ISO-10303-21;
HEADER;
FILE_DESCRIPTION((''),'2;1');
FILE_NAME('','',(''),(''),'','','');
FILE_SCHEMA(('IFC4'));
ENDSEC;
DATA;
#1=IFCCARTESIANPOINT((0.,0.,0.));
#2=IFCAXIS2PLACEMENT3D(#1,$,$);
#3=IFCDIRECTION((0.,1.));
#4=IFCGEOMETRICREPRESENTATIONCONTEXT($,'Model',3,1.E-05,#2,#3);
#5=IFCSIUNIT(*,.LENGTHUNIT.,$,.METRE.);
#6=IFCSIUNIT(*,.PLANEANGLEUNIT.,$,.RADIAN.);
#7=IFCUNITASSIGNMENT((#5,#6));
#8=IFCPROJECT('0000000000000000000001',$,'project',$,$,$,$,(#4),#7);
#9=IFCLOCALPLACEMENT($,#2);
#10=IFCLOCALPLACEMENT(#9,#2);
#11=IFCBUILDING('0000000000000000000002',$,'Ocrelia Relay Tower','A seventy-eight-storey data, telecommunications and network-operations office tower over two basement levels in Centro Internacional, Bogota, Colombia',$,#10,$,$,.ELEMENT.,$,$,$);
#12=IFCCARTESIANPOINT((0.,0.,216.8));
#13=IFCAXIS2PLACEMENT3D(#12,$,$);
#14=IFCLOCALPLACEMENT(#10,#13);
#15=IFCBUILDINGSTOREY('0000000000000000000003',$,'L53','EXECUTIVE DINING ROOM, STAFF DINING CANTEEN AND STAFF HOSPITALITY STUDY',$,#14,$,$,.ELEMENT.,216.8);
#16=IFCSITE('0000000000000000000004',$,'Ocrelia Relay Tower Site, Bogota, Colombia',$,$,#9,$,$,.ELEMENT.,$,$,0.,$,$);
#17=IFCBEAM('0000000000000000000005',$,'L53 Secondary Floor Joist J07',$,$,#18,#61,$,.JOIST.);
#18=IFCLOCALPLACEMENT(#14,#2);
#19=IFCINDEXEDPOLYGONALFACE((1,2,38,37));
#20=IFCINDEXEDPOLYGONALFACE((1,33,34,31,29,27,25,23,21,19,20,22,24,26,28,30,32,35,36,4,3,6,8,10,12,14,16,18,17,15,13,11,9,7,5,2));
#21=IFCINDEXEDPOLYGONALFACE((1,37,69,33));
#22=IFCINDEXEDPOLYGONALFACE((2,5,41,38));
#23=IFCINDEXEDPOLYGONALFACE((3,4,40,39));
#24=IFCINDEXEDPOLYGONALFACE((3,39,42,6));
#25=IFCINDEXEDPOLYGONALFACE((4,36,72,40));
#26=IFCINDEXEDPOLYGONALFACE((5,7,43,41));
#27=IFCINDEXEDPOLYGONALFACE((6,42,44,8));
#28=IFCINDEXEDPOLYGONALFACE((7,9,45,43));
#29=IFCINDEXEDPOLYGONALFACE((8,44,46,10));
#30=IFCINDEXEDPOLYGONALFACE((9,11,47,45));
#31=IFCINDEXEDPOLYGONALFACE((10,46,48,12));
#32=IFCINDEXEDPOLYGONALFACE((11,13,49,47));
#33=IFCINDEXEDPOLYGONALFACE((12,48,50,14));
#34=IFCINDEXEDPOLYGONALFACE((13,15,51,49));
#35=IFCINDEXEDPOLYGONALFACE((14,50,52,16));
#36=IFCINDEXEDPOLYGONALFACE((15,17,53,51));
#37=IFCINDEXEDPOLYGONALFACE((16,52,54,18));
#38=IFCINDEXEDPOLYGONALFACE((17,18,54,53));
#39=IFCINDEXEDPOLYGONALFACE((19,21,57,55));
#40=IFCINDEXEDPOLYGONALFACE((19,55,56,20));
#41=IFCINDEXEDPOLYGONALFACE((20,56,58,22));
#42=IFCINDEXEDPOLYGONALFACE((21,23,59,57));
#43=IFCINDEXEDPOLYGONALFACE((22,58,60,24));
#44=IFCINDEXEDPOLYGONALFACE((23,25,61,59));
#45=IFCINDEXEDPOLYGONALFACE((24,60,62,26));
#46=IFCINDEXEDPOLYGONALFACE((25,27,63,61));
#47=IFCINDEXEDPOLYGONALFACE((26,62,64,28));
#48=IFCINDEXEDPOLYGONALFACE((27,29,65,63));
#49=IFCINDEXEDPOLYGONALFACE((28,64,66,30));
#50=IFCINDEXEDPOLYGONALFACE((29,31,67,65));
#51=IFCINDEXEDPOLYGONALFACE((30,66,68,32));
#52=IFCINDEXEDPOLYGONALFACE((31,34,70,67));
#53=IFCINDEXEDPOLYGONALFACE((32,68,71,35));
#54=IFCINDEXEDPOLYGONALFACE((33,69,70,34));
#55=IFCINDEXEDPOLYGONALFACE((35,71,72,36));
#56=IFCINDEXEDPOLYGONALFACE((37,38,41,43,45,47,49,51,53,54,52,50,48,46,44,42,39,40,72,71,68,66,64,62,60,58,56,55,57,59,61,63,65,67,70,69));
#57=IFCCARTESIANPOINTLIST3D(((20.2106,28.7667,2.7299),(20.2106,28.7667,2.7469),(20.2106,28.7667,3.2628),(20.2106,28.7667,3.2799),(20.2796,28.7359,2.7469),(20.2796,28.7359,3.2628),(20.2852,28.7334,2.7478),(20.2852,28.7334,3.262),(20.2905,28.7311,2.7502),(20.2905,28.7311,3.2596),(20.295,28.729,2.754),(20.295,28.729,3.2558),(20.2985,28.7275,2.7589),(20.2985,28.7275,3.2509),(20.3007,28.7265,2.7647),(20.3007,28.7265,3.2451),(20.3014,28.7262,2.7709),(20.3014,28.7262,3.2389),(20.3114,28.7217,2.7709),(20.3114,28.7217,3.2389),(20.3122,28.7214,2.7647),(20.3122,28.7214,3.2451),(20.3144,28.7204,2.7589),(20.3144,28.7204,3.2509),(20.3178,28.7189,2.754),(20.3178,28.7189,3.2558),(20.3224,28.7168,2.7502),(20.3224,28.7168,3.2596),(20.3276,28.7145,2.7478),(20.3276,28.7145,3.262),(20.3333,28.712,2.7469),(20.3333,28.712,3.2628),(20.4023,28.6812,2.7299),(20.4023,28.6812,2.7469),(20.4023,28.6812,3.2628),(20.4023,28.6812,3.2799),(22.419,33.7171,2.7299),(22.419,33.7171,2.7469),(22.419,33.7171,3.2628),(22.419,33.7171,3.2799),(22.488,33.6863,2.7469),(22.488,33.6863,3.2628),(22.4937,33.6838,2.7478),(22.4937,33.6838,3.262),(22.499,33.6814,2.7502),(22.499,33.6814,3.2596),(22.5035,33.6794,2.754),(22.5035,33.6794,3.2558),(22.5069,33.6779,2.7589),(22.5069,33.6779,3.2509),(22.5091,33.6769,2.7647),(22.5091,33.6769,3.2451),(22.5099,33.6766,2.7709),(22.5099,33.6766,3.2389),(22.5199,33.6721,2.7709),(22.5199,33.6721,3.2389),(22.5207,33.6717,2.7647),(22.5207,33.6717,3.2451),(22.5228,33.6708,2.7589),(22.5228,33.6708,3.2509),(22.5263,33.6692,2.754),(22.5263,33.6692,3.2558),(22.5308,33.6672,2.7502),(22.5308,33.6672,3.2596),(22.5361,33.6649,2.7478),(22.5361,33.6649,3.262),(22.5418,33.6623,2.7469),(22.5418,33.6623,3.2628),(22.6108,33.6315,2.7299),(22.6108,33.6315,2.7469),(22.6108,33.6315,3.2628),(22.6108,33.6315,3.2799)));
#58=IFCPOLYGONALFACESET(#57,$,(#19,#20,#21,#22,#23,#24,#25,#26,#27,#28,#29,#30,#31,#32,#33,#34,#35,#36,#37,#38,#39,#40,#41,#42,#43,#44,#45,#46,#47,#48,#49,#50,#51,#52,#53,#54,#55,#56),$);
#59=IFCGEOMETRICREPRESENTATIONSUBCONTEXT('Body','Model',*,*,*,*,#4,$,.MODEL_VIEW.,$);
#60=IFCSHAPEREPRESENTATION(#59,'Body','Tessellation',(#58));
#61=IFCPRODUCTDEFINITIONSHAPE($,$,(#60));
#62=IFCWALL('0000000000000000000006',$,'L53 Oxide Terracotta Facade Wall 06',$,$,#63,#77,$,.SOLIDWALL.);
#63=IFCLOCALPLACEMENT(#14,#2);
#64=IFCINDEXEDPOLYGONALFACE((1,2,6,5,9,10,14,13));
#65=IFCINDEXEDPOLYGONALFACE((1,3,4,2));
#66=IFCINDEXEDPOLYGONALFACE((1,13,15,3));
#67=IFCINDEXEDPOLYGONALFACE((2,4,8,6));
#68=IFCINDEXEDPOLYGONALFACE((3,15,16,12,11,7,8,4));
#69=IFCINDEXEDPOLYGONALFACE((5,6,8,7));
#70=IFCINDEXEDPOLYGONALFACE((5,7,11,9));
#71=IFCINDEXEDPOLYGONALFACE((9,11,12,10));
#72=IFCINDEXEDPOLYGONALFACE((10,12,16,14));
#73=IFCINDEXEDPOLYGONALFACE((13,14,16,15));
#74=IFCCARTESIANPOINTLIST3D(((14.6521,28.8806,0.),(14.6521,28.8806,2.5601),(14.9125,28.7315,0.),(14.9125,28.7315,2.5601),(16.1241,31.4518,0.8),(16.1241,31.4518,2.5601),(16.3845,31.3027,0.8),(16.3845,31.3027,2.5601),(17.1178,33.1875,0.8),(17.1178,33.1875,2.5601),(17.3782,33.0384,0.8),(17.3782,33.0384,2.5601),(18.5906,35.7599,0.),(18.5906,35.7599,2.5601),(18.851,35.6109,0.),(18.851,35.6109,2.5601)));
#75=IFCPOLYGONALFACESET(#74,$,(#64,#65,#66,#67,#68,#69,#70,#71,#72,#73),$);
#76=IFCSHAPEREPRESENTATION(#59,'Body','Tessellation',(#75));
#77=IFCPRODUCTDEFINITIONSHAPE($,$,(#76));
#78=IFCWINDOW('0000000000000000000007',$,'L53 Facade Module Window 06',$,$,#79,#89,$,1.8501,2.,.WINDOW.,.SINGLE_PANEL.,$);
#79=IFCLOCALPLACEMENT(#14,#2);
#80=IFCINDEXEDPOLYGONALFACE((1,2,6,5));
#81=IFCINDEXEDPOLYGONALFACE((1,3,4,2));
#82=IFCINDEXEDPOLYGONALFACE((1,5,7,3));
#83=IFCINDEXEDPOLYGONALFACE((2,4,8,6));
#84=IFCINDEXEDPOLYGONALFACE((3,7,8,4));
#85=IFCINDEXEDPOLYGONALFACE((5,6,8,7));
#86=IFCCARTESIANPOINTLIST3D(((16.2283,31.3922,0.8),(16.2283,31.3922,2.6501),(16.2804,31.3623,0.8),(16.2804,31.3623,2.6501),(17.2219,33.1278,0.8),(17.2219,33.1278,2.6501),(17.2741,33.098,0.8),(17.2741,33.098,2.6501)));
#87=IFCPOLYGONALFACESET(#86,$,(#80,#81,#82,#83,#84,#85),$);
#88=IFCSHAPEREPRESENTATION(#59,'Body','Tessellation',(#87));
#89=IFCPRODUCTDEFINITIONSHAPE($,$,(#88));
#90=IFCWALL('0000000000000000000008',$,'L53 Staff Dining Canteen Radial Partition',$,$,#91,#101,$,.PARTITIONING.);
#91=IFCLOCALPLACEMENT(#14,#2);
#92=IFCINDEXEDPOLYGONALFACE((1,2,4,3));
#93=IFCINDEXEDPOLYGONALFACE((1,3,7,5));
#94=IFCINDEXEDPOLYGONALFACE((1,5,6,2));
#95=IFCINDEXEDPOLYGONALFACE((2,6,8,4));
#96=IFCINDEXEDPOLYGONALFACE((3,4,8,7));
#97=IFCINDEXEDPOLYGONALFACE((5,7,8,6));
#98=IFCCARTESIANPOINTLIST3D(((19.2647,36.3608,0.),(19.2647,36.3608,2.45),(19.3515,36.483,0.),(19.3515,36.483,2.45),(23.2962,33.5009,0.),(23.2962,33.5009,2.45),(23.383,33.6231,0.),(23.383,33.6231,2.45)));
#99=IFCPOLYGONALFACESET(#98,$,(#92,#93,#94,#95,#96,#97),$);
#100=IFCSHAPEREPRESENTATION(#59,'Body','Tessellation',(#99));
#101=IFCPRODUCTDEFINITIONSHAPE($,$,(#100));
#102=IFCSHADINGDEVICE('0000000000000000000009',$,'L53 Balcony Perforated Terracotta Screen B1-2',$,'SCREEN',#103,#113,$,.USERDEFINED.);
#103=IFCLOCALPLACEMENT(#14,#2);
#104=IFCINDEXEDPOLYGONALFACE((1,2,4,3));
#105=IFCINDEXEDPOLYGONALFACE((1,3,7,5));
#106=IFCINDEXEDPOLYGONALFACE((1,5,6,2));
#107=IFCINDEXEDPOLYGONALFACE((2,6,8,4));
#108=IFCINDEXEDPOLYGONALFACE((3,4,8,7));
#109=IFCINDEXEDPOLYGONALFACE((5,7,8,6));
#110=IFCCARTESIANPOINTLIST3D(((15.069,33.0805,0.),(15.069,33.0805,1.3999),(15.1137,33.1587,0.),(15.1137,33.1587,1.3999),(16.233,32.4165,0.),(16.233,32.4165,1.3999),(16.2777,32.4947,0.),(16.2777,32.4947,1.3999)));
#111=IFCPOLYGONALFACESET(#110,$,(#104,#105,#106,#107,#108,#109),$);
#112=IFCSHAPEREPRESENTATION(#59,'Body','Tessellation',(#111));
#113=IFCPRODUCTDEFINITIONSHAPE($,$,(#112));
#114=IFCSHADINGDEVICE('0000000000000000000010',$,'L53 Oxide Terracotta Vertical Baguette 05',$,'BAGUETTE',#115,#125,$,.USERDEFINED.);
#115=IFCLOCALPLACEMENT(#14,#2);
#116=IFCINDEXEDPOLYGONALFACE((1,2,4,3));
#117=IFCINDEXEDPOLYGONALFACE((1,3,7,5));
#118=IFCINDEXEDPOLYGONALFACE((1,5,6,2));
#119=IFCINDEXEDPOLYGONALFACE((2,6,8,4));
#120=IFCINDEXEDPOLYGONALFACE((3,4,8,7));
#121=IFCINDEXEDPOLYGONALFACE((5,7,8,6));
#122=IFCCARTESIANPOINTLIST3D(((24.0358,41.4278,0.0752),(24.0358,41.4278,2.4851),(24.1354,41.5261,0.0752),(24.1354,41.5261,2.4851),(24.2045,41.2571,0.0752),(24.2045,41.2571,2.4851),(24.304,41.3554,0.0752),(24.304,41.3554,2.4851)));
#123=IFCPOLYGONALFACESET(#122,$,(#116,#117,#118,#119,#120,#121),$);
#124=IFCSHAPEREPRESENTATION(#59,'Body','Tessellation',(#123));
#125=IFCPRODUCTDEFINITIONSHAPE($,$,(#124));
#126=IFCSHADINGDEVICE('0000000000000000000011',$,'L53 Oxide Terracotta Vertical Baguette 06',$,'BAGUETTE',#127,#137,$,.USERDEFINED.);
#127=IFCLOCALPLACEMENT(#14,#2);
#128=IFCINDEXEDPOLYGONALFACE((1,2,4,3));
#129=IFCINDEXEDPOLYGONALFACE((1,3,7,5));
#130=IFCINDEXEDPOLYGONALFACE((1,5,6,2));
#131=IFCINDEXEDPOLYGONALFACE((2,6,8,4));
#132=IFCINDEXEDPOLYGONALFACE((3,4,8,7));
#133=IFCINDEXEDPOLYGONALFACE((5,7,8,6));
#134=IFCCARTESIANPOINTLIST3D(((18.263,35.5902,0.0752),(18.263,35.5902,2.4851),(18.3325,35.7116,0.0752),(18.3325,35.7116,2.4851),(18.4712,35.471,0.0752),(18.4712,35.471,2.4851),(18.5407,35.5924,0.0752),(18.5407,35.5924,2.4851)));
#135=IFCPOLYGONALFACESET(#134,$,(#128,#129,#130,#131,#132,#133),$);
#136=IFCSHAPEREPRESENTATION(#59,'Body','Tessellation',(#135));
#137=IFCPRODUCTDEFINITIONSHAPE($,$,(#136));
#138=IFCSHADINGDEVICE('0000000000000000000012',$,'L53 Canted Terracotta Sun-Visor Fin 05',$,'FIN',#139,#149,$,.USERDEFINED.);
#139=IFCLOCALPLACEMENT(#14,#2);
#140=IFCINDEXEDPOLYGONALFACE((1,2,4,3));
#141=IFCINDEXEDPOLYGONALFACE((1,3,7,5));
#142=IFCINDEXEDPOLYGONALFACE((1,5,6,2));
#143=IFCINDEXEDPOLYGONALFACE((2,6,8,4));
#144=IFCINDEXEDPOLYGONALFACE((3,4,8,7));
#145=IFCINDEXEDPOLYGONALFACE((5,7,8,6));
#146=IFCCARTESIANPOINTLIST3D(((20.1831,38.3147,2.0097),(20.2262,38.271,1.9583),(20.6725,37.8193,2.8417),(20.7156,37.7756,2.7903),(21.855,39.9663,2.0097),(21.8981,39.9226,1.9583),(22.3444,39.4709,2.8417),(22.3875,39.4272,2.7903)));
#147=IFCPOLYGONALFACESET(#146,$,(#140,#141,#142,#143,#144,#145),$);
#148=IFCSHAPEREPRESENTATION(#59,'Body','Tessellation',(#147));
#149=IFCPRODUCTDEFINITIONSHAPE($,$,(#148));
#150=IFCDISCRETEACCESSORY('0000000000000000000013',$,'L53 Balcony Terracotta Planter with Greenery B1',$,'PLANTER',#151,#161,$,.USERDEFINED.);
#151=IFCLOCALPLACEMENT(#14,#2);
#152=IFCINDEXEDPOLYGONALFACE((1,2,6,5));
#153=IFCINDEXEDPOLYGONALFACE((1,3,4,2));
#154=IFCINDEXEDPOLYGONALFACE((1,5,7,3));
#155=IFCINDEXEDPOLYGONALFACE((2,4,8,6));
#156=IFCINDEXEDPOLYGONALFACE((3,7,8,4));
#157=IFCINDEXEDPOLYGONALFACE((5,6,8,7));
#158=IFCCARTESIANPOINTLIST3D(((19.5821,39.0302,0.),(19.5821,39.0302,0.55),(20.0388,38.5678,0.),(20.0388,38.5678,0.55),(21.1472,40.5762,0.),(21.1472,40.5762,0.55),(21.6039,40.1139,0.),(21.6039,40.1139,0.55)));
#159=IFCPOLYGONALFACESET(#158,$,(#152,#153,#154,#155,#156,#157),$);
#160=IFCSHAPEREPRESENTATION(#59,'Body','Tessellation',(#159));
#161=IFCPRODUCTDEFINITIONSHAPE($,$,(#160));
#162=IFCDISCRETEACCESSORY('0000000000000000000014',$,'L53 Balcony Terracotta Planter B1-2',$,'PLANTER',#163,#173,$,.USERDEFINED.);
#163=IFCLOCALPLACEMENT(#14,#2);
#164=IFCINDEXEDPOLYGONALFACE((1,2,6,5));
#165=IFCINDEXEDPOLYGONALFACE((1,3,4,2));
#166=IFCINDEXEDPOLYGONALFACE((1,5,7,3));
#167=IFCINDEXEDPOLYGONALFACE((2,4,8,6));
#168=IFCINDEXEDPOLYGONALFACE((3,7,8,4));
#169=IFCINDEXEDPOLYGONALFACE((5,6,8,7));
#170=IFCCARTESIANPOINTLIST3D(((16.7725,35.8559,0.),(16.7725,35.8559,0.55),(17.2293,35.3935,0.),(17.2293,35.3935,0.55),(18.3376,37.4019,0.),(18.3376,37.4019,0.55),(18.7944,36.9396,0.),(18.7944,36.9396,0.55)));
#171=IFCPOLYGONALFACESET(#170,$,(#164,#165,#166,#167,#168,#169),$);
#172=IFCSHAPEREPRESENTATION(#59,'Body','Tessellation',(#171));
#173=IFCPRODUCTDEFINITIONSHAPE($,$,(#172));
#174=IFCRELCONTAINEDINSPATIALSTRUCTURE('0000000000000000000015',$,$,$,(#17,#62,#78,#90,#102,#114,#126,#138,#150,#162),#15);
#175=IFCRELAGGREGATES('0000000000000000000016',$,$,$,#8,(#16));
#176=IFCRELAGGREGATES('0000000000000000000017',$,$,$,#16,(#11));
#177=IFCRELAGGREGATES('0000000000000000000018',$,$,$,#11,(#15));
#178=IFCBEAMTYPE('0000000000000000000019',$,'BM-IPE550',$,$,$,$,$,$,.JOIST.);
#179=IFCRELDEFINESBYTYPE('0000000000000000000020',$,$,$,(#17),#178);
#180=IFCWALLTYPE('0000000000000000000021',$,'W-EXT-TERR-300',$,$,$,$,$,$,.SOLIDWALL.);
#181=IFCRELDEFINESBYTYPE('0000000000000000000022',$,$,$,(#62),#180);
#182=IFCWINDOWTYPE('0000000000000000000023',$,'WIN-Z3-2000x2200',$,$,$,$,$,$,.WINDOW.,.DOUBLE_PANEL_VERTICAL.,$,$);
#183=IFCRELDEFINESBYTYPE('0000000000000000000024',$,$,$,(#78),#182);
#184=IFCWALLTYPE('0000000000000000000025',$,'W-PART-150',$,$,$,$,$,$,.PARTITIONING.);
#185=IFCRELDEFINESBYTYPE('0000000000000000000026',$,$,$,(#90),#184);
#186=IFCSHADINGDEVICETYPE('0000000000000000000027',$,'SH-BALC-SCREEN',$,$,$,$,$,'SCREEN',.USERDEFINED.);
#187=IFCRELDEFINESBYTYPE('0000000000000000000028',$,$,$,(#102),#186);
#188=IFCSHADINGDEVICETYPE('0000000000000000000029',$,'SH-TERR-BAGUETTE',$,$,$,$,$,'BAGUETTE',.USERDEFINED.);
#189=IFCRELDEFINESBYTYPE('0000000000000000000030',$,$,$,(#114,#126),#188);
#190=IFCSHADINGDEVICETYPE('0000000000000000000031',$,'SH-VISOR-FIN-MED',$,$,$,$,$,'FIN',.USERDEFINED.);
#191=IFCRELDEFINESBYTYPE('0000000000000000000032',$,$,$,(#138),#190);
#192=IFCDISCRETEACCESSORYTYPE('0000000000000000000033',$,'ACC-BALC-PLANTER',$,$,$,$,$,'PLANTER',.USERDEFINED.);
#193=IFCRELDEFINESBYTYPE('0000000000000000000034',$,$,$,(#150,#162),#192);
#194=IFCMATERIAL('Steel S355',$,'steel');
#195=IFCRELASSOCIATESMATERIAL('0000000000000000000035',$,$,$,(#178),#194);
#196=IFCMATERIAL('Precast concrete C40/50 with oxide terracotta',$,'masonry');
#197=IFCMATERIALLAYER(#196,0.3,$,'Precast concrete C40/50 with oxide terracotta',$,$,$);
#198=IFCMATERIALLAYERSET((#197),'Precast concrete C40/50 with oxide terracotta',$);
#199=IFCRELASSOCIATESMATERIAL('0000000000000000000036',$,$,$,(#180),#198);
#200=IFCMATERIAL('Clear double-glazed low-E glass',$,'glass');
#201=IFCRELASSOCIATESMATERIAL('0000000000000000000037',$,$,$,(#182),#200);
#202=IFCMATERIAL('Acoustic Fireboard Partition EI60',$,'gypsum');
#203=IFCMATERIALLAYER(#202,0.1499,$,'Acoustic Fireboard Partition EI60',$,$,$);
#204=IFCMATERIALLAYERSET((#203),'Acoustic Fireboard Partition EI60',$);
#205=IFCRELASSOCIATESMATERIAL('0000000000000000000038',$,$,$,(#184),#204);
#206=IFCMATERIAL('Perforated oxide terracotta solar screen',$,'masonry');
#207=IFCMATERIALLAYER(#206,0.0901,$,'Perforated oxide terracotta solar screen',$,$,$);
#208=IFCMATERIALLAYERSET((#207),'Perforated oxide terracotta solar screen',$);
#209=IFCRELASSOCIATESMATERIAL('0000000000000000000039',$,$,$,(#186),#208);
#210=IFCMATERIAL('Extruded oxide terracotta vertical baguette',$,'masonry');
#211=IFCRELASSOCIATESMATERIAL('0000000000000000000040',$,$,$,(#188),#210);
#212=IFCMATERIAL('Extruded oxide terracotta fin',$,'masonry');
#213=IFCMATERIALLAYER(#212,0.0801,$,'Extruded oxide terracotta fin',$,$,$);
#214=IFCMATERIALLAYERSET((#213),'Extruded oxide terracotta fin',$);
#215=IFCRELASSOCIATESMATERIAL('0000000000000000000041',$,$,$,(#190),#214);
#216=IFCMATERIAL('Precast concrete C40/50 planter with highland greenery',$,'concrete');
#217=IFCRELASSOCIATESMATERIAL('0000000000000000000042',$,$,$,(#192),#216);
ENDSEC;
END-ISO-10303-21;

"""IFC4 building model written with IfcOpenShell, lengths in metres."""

from ifc_helpers import new_model, si_unit, direction, frame, frame_2d, origin, origin_2d, place, context, subcontext, project, spatial, rectangle, i_section, extrude, material, layer, layer_set, material_profile, profile_set, type_object, element, fill, save


model = new_model("IFC4")

# Units and contexts
model_context = context("Model", 3, precision=1e-05, world=origin(), true_north=direction((0.0, 1.0)))
body_context = subcontext(model_context, "Body", "Model", "MODEL_VIEW")
ifc_project = project(units=[si_unit("LENGTHUNIT", "METRE"), si_unit("PLANEANGLEUNIT", "RADIAN")], contexts=[model_context])

# Site, building, storey
site_placement = place(None, origin())
site = spatial("IfcSite", under=ifc_project, at=site_placement, Name="Ocrelia Relay Tower Site, Bogota, Colombia", CompositionType="ELEMENT", RefElevation=0.0)
building_placement = place(site_placement, origin())
building = spatial("IfcBuilding", under=site, at=building_placement, Name="Ocrelia Relay Tower", Description="A seventy-eight-storey data, telecommunications and network-operations office tower over two basement levels in Centro Internacional, Bogota, Colombia", CompositionType="ELEMENT")
storey_placement = place(building_placement, frame((0.0, 0.0, 216.8)))
storey = spatial("IfcBuildingStorey", under=building, at=storey_placement, Name="L53", Description="EXECUTIVE DINING ROOM, STAFF DINING CANTEEN AND STAFF HOSPITALITY STUDY", CompositionType="ELEMENT", Elevation=216.8)

# Beam
ifc_material_1 = material(Name="Steel S355", Category="steel")
ifc_material_profile_1 = material_profile(ifc_material_1, i_section(OverallWidth=0.21, OverallDepth=0.55, WebThickness=0.011, FlangeThickness=0.0171, FilletRadius=0.0239, at=origin_2d()), Name="IPE 550")
ifc_profile_set_1 = profile_set([ifc_material_profile_1], Name="Steel S355")
beam_type_1 = type_object("IfcBeamType", Name="BM-IPE550", PredefinedType="JOIST", material=ifc_profile_set_1)
beam_1_placement = place(storey_placement, frame((22.5149, 33.6743, 3.0049), z_axis=(-0.407417, -0.913242, 0.0), x_axis=(0.913242, -0.407417, 0.0)))
element("IfcBeam", 1, at=beam_1_placement, inside=storey, type_object=beam_type_1, Name="L53 Secondary Floor Joist J07", PredefinedType="JOIST", context=body_context, shape_type="SweptSolid", body=[
    extrude(i_section(OverallWidth=0.21, OverallDepth=0.55, WebThickness=0.011, FlangeThickness=0.0171, FilletRadius=0.0239, at=origin_2d()), origin(), (0.0, 0.0, 1.0), 5.4207),
])

# Shared definitions
ifc_material_2 = material(Name="Precast concrete C40/50 with oxide terracotta", Category="masonry")
ifc_layer_1 = layer(ifc_material_2, 0.3, Name="Precast concrete C40/50 with oxide terracotta")
ifc_layer_set_1 = layer_set([ifc_layer_1], Name="Precast concrete C40/50 with oxide terracotta")
wall_type_1 = type_object("IfcWallType", Name="W-EXT-TERR-300", PredefinedType="SOLIDWALL", material=ifc_layer_set_1)

# Wall, opening, window
wall_1_placement = place(storey_placement, frame((18.7207, 35.6853, 0.0), z_axis=(0.0, 0.0, 1.0), x_axis=(-0.496842, -0.867841, 0.0)))
wall_1 = element("IfcWall", 2, at=wall_1_placement, inside=storey, type_object=wall_type_1, Name="L53 Oxide Terracotta Facade Wall 06", PredefinedType="SOLIDWALL", context=body_context, shape_type="SweptSolid", body=[
    extrude(rectangle(XDim=7.927, YDim=0.3, at=frame_2d((3.9634, 0.0))), origin(), (0.0, 0.0, 1.0), 2.5601),
])
opening_1_placement = place(wall_1_placement, frame((2.9641, 0.0, 0.8)))
opening_1 = element("IfcOpeningElement", 3, at=opening_1_placement, cuts=wall_1, PredefinedType="OPENING", context=body_context, shape_type="SweptSolid", body=[
    extrude(rectangle(XDim=2.0, YDim=1.8501, at=frame_2d((1.0, 0.925))), frame((0.0, 0.1602, 0.0), z_axis=(0.0, -1.0, 0.0), x_axis=(1.0, 0.0, 0.0)), (0.0, 0.0, 1.0), 0.3201),
])
ifc_material_3 = material(Name="Clear double-glazed low-E glass", Category="glass")
window_type = type_object("IfcWindowType", Name="WIN-Z3-2000x2200", PartitioningType="DOUBLE_PANEL_VERTICAL", PredefinedType="WINDOW", material=ifc_material_3)
window_placement = place(opening_1_placement, origin())
window = element("IfcWindow", 4, at=window_placement, inside=storey, type_object=window_type, Name="L53 Facade Module Window 06", OverallHeight=1.8501, OverallWidth=2.0, PartitioningType="SINGLE_PANEL", PredefinedType="WINDOW", context=body_context, shape_type="SweptSolid", body=[
    extrude(rectangle(XDim=2.0, YDim=1.8501, at=frame_2d((1.0, 0.925))), frame((0.0, 0.03, 0.0), z_axis=(0.0, -1.0, 0.0), x_axis=(1.0, 0.0, 0.0)), (0.0, 0.0, 1.0), 0.0601),
])
fill(opening_1, window)

# Wall
ifc_material_4 = material(Name="Acoustic Fireboard Partition EI60", Category="gypsum")
ifc_layer_2 = layer(ifc_material_4, 0.1499, Name="Acoustic Fireboard Partition EI60")
ifc_layer_set_2 = layer_set([ifc_layer_2], Name="Acoustic Fireboard Partition EI60")
wall_type_2 = type_object("IfcWallType", Name="W-PART-150", PredefinedType="PARTITIONING", material=ifc_layer_set_2)
wall_2_placement = place(storey_placement, frame((23.3396, 33.562, 0.0), z_axis=(0.0, 0.0, 1.0), x_axis=(-0.815621, 0.578586, 0.0)))
element("IfcWall", 5, at=wall_2_placement, inside=storey, type_object=wall_type_2, Name="L53 Staff Dining Canteen Radial Partition", PredefinedType="PARTITIONING", context=body_context, shape_type="SweptSolid", body=[
    extrude(rectangle(XDim=4.9429, YDim=0.1499, at=frame_2d((2.4714, 0.0))), origin(), (0.0, 0.0, 1.0), 2.45),
])

# Shading devices
ifc_material_5 = material(Name="Perforated oxide terracotta solar screen", Category="masonry")
ifc_layer_3 = layer(ifc_material_5, 0.0901, Name="Perforated oxide terracotta solar screen")
ifc_layer_set_3 = layer_set([ifc_layer_3], Name="Perforated oxide terracotta solar screen")
shading_device_type_1 = type_object("IfcShadingDeviceType", Name="SH-BALC-SCREEN", ElementType="SCREEN", PredefinedType="USERDEFINED", material=ifc_layer_set_3)
shading_device_1_placement = place(storey_placement, frame((15.6733, 32.7876, 0.0), z_axis=(0.0, 0.0, 1.0), x_axis=(-0.868601, 0.495513, 0.0)))
element("IfcShadingDevice", 6, at=shading_device_1_placement, inside=storey, type_object=shading_device_type_1, Name="L53 Balcony Perforated Terracotta Screen B1-2", ObjectType="SCREEN", PredefinedType="USERDEFINED", context=body_context, shape_type="SweptSolid", body=[
    extrude(rectangle(XDim=1.3401, YDim=0.0901, at=origin_2d()), origin(), (0.0, 0.0, 1.0), 1.3999),
])
ifc_material_6 = material(Name="Extruded oxide terracotta vertical baguette", Category="masonry")
shading_device_type_2 = type_object("IfcShadingDeviceType", Name="SH-TERR-BAGUETTE", ElementType="BAGUETTE", PredefinedType="USERDEFINED", material=ifc_material_6)
for number, where, z_axis, x_axis, name in (
    (7, (24.1699, 41.3916, 0.0752), (0.0, 0.0, 1.0), (-0.711413, -0.702775, 0.0), "L53 Oxide Terracotta Vertical Baguette 05"),
    (8, (18.4019, 35.5913, 0.0752), (0.0, 0.0, 1.0), (-0.496844, -0.86784, 0.0), "L53 Oxide Terracotta Vertical Baguette 06"),
):
    element("IfcShadingDevice", number, at=place(storey_placement, frame(where, z_axis=z_axis, x_axis=x_axis)), inside=storey, type_object=shading_device_type_2, Name=name, ObjectType="BAGUETTE", PredefinedType="USERDEFINED", context=body_context, shape_type="SweptSolid", body=[
        extrude(rectangle(XDim=0.1399, YDim=0.24, at=origin_2d()), origin(), (0.0, 0.0, 1.0), 2.4099),
    ])
ifc_material_7 = material(Name="Extruded oxide terracotta fin", Category="masonry")
ifc_layer_4 = layer(ifc_material_7, 0.0801, Name="Extruded oxide terracotta fin")
ifc_layer_set_4 = layer_set([ifc_layer_4], Name="Extruded oxide terracotta fin")
shading_device_type_3 = type_object("IfcShadingDeviceType", Name="SH-VISOR-FIN-MED", ElementType="FIN", PredefinedType="USERDEFINED", material=ifc_layer_set_4)
shading_device_2_placement = place(storey_placement, frame((21.3069, 38.8491, 2.3743), z_axis=(-0.538908, 0.545532, 0.641851), x_axis=(-0.711413, -0.702775, 0.0)))
element("IfcShadingDevice", 9, at=shading_device_2_placement, inside=storey, type_object=shading_device_type_3, Name="L53 Canted Terracotta Sun-Visor Fin 05", ObjectType="FIN", PredefinedType="USERDEFINED", context=body_context, shape_type="SweptSolid", body=[
    extrude(rectangle(XDim=2.3501, YDim=1.085, at=origin_2d()), origin(), (0.0, 0.0, 1.0), 0.0801),
])

# Discrete accessories
ifc_material_8 = material(Name="Precast concrete C40/50 planter with highland greenery", Category="concrete")
discrete_accessory_type_1 = type_object("IfcDiscreteAccessoryType", Name="ACC-BALC-PLANTER", ElementType="PLANTER", PredefinedType="USERDEFINED", material=ifc_material_8)
for number, where, z_axis, x_axis, name in (
    (10, (20.593, 39.572, 0.0), (0.0, 0.0, 1.0), (0.711418, 0.702769, 0.0), "L53 Balcony Terracotta Planter with Greenery B1"),
    (11, (17.7834, 36.3977, 0.0), (0.0, 0.0, 1.0), (0.711418, 0.702769, 0.0), "L53 Balcony Terracotta Planter B1-2"),
):
    element("IfcDiscreteAccessory", number, at=place(storey_placement, frame(where, z_axis=z_axis, x_axis=x_axis)), inside=storey, type_object=discrete_accessory_type_1, Name=name, ObjectType="PLANTER", PredefinedType="USERDEFINED", context=body_context, shape_type="SweptSolid", body=[
        extrude(rectangle(XDim=2.2, YDim=0.6499, at=origin_2d()), origin(), (0.0, 0.0, 1.0), 0.55),
    ])

save(model, "model.ifc")
